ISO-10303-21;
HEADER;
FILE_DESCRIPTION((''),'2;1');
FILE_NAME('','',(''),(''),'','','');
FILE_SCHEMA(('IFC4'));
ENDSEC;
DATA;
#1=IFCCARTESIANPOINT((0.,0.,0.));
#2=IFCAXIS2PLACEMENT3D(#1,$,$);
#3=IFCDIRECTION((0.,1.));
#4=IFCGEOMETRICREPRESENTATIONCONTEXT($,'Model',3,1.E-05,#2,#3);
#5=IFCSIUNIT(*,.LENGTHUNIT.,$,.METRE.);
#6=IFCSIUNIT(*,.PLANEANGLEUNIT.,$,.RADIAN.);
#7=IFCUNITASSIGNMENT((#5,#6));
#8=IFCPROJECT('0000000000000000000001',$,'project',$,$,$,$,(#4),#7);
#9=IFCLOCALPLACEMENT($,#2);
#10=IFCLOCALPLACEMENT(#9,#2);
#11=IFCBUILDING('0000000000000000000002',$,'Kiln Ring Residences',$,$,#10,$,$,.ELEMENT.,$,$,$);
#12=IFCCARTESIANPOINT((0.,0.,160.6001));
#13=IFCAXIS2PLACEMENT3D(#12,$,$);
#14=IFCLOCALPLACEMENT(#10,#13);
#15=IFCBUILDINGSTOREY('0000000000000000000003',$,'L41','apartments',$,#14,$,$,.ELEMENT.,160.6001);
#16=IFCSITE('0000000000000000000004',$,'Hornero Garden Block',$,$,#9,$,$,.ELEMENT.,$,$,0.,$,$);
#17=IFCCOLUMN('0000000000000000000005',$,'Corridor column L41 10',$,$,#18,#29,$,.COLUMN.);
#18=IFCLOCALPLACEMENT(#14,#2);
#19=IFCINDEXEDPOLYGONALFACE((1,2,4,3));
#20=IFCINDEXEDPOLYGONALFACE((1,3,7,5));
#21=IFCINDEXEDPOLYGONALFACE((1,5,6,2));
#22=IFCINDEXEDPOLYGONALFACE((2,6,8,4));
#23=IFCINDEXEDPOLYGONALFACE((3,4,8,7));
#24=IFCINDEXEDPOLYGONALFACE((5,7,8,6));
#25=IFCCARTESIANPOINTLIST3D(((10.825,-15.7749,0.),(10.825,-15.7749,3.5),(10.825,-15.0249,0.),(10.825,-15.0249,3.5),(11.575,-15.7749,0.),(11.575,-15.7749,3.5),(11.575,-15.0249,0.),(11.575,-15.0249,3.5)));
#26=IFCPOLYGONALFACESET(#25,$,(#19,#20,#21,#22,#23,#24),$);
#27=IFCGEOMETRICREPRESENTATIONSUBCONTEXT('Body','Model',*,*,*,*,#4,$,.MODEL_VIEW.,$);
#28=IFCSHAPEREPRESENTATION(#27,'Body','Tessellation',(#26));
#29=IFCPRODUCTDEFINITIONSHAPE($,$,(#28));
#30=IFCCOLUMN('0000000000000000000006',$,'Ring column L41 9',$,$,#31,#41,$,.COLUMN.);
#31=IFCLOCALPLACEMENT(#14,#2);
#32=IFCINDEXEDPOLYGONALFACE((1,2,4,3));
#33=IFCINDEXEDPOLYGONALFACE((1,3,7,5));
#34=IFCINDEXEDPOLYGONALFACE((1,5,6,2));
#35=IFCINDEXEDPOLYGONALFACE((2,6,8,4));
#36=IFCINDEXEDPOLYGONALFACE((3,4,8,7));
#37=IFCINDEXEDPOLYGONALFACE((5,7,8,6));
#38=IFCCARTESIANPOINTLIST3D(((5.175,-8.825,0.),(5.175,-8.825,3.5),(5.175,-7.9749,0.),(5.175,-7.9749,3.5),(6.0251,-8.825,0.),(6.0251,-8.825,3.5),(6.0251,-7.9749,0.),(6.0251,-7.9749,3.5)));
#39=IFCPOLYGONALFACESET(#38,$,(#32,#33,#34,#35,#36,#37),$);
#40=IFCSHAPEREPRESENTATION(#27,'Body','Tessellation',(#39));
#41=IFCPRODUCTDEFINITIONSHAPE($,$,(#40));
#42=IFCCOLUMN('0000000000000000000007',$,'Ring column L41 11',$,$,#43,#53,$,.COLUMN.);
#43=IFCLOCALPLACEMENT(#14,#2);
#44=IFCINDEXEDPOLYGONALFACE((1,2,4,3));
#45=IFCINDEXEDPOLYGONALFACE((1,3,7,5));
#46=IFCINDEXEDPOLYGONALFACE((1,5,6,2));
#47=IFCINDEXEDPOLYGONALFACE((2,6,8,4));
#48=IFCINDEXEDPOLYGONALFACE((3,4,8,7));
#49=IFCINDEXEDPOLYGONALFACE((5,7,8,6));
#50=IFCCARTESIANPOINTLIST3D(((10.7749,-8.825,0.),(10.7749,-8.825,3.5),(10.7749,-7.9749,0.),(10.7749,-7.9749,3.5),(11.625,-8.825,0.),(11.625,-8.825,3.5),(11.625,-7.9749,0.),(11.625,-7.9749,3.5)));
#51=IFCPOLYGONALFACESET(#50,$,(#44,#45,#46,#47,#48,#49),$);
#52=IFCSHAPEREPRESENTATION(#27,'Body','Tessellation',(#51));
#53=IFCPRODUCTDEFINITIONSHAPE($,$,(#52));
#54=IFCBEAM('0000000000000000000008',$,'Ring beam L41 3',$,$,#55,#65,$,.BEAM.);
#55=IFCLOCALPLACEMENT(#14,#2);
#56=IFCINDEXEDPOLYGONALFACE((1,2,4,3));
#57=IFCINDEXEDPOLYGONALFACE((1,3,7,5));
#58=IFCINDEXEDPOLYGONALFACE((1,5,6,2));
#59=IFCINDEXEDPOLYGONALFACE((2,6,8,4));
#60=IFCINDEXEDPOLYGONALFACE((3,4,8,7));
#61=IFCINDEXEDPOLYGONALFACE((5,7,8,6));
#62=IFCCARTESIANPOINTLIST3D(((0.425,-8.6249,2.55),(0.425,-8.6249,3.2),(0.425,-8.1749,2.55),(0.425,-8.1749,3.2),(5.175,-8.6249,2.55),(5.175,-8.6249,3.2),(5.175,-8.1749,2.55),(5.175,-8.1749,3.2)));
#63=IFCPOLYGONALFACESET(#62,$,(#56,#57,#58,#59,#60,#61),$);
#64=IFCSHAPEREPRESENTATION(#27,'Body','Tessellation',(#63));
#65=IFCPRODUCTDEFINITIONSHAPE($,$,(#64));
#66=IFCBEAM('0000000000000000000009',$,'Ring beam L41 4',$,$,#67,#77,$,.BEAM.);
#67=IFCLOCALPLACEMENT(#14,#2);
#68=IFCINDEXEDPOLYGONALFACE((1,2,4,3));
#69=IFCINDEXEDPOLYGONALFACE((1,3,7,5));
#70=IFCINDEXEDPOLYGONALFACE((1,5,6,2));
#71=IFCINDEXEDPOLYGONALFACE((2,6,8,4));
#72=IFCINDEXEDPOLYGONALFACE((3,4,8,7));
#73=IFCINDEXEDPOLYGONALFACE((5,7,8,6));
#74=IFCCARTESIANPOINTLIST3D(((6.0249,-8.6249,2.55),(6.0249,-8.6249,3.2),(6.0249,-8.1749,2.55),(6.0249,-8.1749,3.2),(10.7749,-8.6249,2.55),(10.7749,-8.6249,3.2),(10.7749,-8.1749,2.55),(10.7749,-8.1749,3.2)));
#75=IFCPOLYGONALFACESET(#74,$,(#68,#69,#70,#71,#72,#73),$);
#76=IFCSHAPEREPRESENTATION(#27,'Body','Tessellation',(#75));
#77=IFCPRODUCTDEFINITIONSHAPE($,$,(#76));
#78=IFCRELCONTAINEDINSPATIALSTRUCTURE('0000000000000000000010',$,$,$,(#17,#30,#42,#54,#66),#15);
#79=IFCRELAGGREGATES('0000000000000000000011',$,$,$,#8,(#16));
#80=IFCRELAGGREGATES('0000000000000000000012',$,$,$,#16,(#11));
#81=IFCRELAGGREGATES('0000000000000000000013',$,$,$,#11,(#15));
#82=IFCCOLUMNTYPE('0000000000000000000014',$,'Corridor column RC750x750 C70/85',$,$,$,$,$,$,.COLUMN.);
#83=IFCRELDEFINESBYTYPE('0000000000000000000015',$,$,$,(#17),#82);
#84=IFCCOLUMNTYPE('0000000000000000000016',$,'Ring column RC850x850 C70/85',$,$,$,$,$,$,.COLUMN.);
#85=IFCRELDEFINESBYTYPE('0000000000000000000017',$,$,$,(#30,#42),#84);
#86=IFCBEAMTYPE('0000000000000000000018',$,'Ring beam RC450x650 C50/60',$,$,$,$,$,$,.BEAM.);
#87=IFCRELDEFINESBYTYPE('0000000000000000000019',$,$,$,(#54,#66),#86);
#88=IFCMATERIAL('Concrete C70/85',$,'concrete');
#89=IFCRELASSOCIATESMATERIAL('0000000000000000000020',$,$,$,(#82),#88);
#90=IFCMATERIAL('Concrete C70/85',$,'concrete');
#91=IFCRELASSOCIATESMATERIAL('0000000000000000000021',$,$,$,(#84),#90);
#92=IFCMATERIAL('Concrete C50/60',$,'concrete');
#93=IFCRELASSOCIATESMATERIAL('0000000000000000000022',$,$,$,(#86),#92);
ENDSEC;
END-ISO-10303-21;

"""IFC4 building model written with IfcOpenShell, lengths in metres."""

from ifc_helpers import new_model, si_unit, direction, frame, origin, origin_2d, place, context, subcontext, project, spatial, rectangle, extrude, material, material_profile, profile_set, type_object, element, save


model = new_model("IFC4")

# Units and contexts
model_context = context("Model", 3, precision=1e-05, world=origin(), true_north=direction((0.0, 1.0)))
body_context = subcontext(model_context, "Body", "Model", "MODEL_VIEW")
ifc_project = project(units=[si_unit("LENGTHUNIT", "METRE"), si_unit("PLANEANGLEUNIT", "RADIAN")], contexts=[model_context])

# Site, building, storey
site_placement = place(None, origin())
site = spatial("IfcSite", under=ifc_project, at=site_placement, Name="Hornero Garden Block", CompositionType="ELEMENT", RefElevation=0.0)
building_placement = place(site_placement, origin())
building = spatial("IfcBuilding", under=site, at=building_placement, Name="Kiln Ring Residences", CompositionType="ELEMENT")
storey_placement = place(building_placement, frame((0.0, 0.0, 160.6001)))
storey = spatial("IfcBuildingStorey", under=building, at=storey_placement, Name="L41", Description="apartments", CompositionType="ELEMENT", Elevation=160.6001)

# Columns
ifc_material_1 = material(Name="Concrete C70/85", Category="concrete")
ifc_material_profile_1 = material_profile(ifc_material_1, rectangle(XDim=0.75, YDim=0.75, at=origin_2d()), Name="RC750x750")
ifc_profile_set_1 = profile_set([ifc_material_profile_1], Name="Concrete C70/85")
column_type_1 = type_object("IfcColumnType", Name="Corridor column RC750x750 C70/85", PredefinedType="COLUMN", material=ifc_profile_set_1)
column_placement = place(storey_placement, frame((11.2, -15.3999, 0.0), z_axis=(0.0, 0.0, 1.0), x_axis=(1.0, 0.0, 0.0)))
element("IfcColumn", 1, at=column_placement, inside=storey, type_object=column_type_1, Name="Corridor column L41 10", PredefinedType="COLUMN", context=body_context, shape_type="SweptSolid", body=[
    extrude(rectangle(XDim=0.75, YDim=0.75, at=origin_2d()), origin(), (0.0, 0.0, 1.0), 3.5),
])
ifc_material_2 = material(Name="Concrete C70/85", Category="concrete")
ifc_material_profile_2 = material_profile(ifc_material_2, rectangle(XDim=0.8501, YDim=0.8501, at=origin_2d()), Name="RC850x850")
ifc_profile_set_2 = profile_set([ifc_material_profile_2], Name="Concrete C70/85")
column_type_2 = type_object("IfcColumnType", Name="Ring column RC850x850 C70/85", PredefinedType="COLUMN", material=ifc_profile_set_2)
for number, where, z_axis, x_axis, name in (
    (2, (5.6001, -8.3999, 0.0), (0.0, 0.0, 1.0), (1.0, 0.0, 0.0), "Ring column L41 9"),
    (3, (11.2, -8.3999, 0.0), (0.0, 0.0, 1.0), (1.0, 0.0, 0.0), "Ring column L41 11"),
):
    element("IfcColumn", number, at=place(storey_placement, frame(where, z_axis=z_axis, x_axis=x_axis)), inside=storey, type_object=column_type_2, Name=name, PredefinedType="COLUMN", context=body_context, shape_type="SweptSolid", body=[
        extrude(rectangle(XDim=0.8501, YDim=0.8501, at=origin_2d()), origin(), (0.0, 0.0, 1.0), 3.5),
    ])

# Beams
ifc_material_3 = material(Name="Concrete C50/60", Category="concrete")
ifc_material_profile_3 = material_profile(ifc_material_3, rectangle(XDim=0.45, YDim=0.6499, at=origin_2d()), Name="RC450x650")
ifc_profile_set_3 = profile_set([ifc_material_profile_3], Name="Concrete C50/60")
beam_type = type_object("IfcBeamType", Name="Ring beam RC450x650 C50/60", PredefinedType="BEAM", material=ifc_profile_set_3)
for number, where, z_axis, x_axis, name in (
    (4, (0.425, -8.3999, 2.875), (1.0, 0.0, 0.0), (0.0, 1.0, 0.0), "Ring beam L41 3"),
    (5, (6.0249, -8.3999, 2.875), (1.0, 0.0, 0.0), (0.0, 1.0, 0.0), "Ring beam L41 4"),
):
    element("IfcBeam", number, at=place(storey_placement, frame(where, z_axis=z_axis, x_axis=x_axis)), inside=storey, type_object=beam_type, Name=name, PredefinedType="BEAM", context=body_context, shape_type="SweptSolid", body=[
        extrude(rectangle(XDim=0.45, YDim=0.6499, at=origin_2d()), origin(), (0.0, 0.0, 1.0), 4.75),
    ])

save(model, "model.ifc")
